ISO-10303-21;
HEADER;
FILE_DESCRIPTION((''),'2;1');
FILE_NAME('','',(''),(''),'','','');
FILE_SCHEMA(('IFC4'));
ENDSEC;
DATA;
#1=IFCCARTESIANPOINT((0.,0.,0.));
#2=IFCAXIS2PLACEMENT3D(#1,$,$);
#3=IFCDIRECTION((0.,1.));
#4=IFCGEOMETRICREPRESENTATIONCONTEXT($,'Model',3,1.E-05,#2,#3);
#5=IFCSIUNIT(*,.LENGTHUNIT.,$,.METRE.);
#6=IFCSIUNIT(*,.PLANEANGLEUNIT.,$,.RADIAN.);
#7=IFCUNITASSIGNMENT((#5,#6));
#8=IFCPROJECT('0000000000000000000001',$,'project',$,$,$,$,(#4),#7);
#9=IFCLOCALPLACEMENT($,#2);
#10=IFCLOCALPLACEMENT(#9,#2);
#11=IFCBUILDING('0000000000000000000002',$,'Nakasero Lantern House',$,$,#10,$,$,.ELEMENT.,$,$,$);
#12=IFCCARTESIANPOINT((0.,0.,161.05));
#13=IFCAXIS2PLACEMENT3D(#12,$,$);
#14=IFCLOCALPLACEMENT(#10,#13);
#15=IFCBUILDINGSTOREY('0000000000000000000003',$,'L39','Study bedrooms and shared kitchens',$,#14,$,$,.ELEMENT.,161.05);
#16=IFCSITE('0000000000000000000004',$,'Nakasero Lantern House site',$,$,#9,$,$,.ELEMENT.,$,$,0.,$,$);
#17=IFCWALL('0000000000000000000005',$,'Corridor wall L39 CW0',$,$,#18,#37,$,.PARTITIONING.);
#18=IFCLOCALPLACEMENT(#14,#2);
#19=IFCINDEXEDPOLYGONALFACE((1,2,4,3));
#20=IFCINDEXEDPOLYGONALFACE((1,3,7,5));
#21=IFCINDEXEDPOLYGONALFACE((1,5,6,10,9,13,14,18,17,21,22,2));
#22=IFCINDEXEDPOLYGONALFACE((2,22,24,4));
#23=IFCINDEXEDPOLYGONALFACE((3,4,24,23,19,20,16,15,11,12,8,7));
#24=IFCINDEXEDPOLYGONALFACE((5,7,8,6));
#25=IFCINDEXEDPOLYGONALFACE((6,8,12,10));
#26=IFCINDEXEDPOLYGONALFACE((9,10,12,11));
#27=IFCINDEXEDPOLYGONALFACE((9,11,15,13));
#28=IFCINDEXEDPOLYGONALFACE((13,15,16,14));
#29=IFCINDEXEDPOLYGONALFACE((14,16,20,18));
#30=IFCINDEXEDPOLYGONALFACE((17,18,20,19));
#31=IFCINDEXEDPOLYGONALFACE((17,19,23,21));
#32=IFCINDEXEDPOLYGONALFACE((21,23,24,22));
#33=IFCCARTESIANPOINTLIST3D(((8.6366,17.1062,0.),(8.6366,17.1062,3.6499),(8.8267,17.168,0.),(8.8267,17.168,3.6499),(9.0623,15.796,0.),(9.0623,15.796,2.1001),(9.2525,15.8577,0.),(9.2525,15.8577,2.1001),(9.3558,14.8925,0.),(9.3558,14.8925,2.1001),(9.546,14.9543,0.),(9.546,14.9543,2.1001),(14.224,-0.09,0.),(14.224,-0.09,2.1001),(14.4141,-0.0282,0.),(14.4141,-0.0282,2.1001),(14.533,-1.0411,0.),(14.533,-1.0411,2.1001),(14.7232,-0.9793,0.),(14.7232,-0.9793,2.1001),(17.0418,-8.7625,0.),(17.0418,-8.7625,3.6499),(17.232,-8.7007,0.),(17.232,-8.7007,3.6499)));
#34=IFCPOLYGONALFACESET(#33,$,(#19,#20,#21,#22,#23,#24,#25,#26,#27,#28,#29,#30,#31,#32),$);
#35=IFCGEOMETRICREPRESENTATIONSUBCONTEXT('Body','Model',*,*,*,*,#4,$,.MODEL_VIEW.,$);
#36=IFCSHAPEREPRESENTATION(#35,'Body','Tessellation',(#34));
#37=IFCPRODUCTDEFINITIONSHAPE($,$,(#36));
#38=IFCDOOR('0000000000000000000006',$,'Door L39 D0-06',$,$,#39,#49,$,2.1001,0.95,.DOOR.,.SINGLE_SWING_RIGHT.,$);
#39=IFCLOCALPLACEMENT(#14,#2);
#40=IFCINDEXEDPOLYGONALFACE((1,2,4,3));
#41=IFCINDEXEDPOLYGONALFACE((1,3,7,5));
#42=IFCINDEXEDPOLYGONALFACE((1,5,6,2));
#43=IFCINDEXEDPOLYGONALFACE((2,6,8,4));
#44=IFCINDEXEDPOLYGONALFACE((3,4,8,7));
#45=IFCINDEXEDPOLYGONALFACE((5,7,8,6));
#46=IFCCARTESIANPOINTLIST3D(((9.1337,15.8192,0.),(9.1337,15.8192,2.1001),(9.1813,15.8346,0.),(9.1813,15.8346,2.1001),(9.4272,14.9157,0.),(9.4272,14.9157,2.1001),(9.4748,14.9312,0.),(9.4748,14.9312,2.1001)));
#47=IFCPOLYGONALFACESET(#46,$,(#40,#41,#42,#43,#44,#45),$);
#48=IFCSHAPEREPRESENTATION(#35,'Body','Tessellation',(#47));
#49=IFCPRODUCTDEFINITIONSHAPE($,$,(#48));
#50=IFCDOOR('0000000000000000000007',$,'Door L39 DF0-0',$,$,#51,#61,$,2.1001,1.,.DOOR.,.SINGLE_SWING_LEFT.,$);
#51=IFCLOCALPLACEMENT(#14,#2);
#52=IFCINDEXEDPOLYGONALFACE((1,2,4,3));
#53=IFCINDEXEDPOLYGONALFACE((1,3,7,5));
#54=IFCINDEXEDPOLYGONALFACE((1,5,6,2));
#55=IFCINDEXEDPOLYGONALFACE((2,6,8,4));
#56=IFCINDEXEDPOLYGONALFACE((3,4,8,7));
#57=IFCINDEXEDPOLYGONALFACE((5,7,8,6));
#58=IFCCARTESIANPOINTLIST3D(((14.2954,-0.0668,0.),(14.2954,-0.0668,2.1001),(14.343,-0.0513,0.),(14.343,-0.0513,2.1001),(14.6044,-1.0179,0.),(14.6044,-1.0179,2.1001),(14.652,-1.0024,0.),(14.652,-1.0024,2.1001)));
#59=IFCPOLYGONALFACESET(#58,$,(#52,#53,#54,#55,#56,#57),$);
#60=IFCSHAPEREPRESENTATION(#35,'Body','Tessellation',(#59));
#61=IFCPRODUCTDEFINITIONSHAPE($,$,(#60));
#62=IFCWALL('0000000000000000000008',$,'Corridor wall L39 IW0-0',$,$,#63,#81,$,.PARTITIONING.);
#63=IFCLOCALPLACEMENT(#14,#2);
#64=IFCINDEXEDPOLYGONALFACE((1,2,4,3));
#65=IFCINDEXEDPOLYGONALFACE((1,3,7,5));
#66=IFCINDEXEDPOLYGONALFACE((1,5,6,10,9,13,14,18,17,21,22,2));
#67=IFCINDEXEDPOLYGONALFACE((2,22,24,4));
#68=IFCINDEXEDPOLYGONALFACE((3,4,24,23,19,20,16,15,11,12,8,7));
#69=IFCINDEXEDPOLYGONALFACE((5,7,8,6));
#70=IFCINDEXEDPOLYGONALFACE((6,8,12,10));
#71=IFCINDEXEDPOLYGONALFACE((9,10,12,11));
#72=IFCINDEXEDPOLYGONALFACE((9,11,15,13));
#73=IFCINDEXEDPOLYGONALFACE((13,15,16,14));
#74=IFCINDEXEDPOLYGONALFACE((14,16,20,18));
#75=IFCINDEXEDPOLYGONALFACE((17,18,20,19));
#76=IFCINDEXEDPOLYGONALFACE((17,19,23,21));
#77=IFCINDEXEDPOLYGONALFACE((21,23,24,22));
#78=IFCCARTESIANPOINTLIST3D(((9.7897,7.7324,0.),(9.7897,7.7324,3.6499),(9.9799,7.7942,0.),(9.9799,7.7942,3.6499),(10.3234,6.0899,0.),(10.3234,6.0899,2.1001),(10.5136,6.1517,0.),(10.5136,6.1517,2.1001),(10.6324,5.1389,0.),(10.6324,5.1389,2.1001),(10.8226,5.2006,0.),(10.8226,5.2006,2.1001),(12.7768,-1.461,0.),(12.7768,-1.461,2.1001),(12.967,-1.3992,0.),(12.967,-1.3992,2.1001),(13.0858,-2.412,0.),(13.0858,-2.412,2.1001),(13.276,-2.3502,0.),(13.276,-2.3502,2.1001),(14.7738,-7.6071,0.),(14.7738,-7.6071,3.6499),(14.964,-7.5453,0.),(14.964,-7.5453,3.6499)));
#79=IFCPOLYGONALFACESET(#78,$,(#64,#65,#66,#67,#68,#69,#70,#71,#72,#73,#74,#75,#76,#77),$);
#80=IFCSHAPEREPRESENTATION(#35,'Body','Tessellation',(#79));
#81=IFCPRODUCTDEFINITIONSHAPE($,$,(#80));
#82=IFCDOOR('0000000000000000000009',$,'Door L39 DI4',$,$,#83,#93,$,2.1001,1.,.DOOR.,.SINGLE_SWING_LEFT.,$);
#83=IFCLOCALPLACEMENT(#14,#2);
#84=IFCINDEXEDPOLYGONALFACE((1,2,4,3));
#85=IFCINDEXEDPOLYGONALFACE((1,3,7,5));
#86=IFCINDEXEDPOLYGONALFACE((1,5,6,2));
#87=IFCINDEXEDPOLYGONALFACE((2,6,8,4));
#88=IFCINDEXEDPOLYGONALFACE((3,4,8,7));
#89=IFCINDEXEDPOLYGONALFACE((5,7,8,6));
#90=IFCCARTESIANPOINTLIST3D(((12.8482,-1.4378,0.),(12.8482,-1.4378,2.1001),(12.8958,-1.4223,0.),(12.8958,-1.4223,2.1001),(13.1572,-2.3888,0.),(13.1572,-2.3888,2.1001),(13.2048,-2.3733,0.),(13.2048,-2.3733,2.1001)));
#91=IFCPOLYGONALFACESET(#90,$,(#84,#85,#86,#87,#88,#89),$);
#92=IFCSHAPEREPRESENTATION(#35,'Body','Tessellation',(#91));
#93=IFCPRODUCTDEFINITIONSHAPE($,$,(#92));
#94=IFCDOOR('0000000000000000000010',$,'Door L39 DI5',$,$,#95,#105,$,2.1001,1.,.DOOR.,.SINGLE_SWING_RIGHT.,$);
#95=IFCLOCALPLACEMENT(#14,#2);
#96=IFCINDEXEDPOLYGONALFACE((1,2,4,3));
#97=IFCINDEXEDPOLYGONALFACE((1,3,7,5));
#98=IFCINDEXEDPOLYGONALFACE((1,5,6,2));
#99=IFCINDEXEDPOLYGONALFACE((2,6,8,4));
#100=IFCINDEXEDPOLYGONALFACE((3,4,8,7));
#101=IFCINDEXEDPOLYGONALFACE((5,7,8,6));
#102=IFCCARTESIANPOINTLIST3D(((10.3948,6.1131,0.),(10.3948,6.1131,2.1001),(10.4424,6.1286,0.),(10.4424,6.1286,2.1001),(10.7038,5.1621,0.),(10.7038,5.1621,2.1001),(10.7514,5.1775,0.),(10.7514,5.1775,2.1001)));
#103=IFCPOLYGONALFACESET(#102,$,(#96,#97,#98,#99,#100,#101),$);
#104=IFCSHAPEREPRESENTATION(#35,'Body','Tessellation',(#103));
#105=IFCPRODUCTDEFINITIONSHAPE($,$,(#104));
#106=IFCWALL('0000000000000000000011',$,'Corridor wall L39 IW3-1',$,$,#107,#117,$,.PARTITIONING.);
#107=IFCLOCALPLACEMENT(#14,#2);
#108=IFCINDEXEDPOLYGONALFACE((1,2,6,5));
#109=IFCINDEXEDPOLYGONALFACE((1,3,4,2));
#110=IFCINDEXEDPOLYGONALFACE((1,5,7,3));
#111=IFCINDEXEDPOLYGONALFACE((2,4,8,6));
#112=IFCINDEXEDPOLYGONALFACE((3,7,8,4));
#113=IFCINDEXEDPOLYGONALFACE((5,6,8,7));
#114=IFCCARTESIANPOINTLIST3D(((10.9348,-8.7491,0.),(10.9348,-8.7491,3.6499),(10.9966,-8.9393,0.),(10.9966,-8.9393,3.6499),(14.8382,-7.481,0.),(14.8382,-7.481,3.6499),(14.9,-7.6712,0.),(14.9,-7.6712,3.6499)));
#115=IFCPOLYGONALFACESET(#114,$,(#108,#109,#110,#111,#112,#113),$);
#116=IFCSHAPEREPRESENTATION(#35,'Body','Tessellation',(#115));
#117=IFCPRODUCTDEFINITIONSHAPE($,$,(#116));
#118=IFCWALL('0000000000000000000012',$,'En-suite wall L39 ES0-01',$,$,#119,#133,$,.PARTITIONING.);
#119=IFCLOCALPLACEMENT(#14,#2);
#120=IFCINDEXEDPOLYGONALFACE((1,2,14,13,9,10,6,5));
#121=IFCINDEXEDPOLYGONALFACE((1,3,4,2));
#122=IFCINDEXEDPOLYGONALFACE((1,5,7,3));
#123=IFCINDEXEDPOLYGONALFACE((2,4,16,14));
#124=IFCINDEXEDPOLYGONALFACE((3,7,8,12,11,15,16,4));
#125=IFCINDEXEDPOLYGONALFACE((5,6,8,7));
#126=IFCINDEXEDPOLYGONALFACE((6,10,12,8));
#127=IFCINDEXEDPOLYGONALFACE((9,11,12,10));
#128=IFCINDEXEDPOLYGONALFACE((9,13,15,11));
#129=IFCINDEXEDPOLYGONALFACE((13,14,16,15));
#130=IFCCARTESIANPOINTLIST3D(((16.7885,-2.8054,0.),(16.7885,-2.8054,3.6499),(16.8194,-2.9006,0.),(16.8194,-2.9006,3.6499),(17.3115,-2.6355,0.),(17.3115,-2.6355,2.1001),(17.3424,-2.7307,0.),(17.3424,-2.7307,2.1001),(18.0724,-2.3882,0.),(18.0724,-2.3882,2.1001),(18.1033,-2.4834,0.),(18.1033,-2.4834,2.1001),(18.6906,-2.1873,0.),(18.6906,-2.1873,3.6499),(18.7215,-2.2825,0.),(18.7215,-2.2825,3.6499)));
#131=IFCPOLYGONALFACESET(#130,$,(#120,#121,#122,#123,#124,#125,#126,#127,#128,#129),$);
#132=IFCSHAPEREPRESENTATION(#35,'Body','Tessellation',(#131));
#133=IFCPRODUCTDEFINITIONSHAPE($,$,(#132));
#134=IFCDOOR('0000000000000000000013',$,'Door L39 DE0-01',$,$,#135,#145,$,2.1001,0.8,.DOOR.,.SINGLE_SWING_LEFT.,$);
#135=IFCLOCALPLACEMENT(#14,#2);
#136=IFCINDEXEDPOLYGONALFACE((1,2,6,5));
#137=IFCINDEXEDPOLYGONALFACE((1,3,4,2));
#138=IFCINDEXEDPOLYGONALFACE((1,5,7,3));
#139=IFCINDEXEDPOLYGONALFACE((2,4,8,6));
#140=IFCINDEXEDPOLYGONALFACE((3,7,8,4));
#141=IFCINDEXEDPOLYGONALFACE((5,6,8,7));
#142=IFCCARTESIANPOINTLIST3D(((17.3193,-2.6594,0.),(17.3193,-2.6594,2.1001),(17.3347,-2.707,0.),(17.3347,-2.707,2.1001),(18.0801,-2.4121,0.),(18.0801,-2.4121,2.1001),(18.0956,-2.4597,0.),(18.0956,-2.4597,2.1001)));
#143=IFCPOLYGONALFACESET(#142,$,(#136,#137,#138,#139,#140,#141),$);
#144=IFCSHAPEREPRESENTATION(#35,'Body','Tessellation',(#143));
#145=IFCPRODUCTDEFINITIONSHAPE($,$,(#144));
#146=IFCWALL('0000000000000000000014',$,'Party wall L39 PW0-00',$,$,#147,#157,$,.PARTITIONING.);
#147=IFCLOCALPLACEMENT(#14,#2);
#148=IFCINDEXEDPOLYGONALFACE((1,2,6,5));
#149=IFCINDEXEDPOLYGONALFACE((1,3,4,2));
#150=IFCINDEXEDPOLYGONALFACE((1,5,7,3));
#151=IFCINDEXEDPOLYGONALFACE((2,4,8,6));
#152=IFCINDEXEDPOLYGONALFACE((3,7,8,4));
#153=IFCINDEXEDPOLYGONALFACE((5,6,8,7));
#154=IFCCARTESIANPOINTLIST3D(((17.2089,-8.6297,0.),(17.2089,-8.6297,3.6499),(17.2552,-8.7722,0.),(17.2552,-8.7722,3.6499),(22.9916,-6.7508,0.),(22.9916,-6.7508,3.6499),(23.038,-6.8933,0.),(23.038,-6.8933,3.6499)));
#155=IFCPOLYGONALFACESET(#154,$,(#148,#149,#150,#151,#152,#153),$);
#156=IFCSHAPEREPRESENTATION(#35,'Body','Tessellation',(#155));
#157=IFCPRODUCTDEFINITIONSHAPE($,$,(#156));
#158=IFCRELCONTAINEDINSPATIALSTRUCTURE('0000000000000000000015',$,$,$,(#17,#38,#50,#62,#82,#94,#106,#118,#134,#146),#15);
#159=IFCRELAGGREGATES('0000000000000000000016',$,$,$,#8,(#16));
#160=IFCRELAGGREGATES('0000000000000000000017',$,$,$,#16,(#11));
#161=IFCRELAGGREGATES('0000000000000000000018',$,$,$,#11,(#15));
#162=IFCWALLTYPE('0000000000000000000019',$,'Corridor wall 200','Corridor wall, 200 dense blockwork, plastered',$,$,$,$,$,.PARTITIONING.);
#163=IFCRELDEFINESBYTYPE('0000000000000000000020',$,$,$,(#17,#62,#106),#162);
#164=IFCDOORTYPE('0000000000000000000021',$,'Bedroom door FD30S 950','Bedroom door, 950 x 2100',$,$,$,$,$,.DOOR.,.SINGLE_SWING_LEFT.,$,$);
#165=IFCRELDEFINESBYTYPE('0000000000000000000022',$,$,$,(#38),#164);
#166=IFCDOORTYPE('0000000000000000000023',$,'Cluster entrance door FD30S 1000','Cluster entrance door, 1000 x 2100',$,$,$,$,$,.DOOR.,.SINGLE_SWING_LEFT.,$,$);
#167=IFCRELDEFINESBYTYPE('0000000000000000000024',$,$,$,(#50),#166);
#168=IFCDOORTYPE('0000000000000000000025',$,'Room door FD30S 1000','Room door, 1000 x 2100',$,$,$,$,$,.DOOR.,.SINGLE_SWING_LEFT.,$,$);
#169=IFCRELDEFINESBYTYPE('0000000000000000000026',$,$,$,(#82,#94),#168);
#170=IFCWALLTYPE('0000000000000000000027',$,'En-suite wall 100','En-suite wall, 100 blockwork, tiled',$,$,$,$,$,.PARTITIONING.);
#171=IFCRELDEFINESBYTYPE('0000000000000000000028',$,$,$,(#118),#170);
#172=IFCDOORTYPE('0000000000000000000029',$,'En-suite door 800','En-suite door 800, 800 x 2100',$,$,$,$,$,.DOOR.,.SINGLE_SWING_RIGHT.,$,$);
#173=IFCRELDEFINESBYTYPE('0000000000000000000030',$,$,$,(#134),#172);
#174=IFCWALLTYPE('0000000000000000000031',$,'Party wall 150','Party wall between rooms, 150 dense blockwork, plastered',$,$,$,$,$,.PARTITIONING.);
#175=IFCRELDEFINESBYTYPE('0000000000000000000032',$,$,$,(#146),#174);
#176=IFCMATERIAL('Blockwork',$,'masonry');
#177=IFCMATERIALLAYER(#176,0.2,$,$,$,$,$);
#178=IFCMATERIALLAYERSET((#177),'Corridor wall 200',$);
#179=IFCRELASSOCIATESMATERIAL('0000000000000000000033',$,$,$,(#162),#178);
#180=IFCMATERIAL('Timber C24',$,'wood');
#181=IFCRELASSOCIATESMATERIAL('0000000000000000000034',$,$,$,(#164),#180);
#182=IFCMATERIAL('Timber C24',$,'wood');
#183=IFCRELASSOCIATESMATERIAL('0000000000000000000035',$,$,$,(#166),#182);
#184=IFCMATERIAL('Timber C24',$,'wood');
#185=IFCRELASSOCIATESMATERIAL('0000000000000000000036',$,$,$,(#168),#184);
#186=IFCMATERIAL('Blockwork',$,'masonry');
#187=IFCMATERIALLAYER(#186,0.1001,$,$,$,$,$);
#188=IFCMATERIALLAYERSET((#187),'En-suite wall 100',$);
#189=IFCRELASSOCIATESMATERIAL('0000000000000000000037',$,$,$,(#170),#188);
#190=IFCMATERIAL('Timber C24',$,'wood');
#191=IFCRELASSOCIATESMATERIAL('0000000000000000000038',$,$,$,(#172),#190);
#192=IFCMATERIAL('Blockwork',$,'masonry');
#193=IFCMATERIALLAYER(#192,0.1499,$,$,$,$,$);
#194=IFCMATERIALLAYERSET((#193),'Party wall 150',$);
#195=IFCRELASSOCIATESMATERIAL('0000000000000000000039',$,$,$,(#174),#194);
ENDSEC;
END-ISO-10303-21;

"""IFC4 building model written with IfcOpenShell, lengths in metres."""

from ifc_helpers import new_model, si_unit, direction, frame, frame_2d, origin, place, context, subcontext, project, spatial, rectangle, extrude, material, layer, layer_set, type_object, element, fill, save


model = new_model("IFC4")

# Units and contexts
model_context = context("Model", 3, precision=1e-05, world=origin(), true_north=direction((0.0, 1.0)))
body_context = subcontext(model_context, "Body", "Model", "MODEL_VIEW")
ifc_project = project(units=[si_unit("LENGTHUNIT", "METRE"), si_unit("PLANEANGLEUNIT", "RADIAN")], contexts=[model_context])

# Site, building, storey
site_placement = place(None, origin())
site = spatial("IfcSite", under=ifc_project, at=site_placement, Name="Nakasero Lantern House site", CompositionType="ELEMENT", RefElevation=0.0)
building_placement = place(site_placement, origin())
building = spatial("IfcBuilding", under=site, at=building_placement, Name="Nakasero Lantern House", CompositionType="ELEMENT")
storey_placement = place(building_placement, frame((0.0, 0.0, 161.05)))
storey = spatial("IfcBuildingStorey", under=building, at=storey_placement, Name="L39", Description="Study bedrooms and shared kitchens", CompositionType="ELEMENT", Elevation=161.05)

# Walls, openings, doors
ifc_material_1 = material(Name="Blockwork", Category="masonry")
ifc_layer_1 = layer(ifc_material_1, 0.2)
ifc_layer_set_1 = layer_set([ifc_layer_1], Name="Corridor wall 200")
wall_type_1 = type_object("IfcWallType", Name="Corridor wall 200", Description="Corridor wall, 200 dense blockwork, plastered", PredefinedType="PARTITIONING", material=ifc_layer_set_1)
wall_1_placement = place(storey_placement, frame((17.137, -8.7317, 0.0), z_axis=(0.0, 0.0, 1.0), x_axis=(-0.309018, 0.951056, 0.0)))
wall_1 = element("IfcWall", 1, at=wall_1_placement, inside=storey, type_object=wall_type_1, Name="Corridor wall L39 CW0", PredefinedType="PARTITIONING", context=body_context, shape_type="SweptSolid", body=[
    extrude(rectangle(XDim=27.2, YDim=0.2, at=frame_2d((13.6001, 0.0))), origin(), (0.0, 0.0, 1.0), 3.6499),
])
opening_1_placement = place(wall_1_placement, frame((8.1189, 0.0, 0.0)))
opening_1 = element("IfcOpeningElement", 2, at=opening_1_placement, cuts=wall_1, PredefinedType="OPENING", context=body_context, shape_type="SweptSolid", body=[
    extrude(rectangle(XDim=1.0, YDim=2.1001, at=frame_2d((0.5, 1.05))), frame((0.0, 0.1199, 0.0), z_axis=(0.0, -1.0, 0.0), x_axis=(1.0, 0.0, 0.0)), (0.0, 0.0, 1.0), 0.24),
])
opening_2_placement = place(wall_1_placement, frame((24.8723, 0.0, 0.0)))
opening_2 = element("IfcOpeningElement", 3, at=opening_2_placement, cuts=wall_1, PredefinedType="OPENING", context=body_context, shape_type="SweptSolid", body=[
    extrude(rectangle(XDim=0.95, YDim=2.1001, at=frame_2d((0.4751, 1.05))), frame((0.0, 0.1199, 0.0), z_axis=(0.0, -1.0, 0.0), x_axis=(1.0, 0.0, 0.0)), (0.0, 0.0, 1.0), 0.24),
])
ifc_material_2 = material(Name="Timber C24", Category="wood")
door_type_1 = type_object("IfcDoorType", Name="Bedroom door FD30S 950", Description="Bedroom door, 950 x 2100", OperationType="SINGLE_SWING_LEFT", PredefinedType="DOOR", material=ifc_material_2)
door_1_placement = place(opening_2_placement, origin())
door_1 = element("IfcDoor", 4, at=door_1_placement, inside=storey, type_object=door_type_1, Name="Door L39 D0-06", OperationType="SINGLE_SWING_RIGHT", OverallHeight=2.1001, OverallWidth=0.95, PredefinedType="DOOR", context=body_context, shape_type="SweptSolid", body=[
    extrude(rectangle(XDim=0.95, YDim=2.1001, at=frame_2d((0.4751, 1.05))), frame((0.0, 0.0249, 0.0), z_axis=(0.0, -1.0, 0.0), x_axis=(1.0, 0.0, 0.0)), (0.0, 0.0, 1.0), 0.05),
])
fill(opening_2, door_1)
ifc_material_3 = material(Name="Timber C24", Category="wood")
door_type_2 = type_object("IfcDoorType", Name="Cluster entrance door FD30S 1000", Description="Cluster entrance door, 1000 x 2100", OperationType="SINGLE_SWING_LEFT", PredefinedType="DOOR", material=ifc_material_3)
door_2_placement = place(opening_1_placement, origin())
door_2 = element("IfcDoor", 5, at=door_2_placement, inside=storey, type_object=door_type_2, Name="Door L39 DF0-0", OperationType="SINGLE_SWING_LEFT", OverallHeight=2.1001, OverallWidth=1.0, PredefinedType="DOOR", context=body_context, shape_type="SweptSolid", body=[
    extrude(rectangle(XDim=1.0, YDim=2.1001, at=frame_2d((0.5, 1.05))), frame((0.0, 0.0249, 0.0), z_axis=(0.0, -1.0, 0.0), x_axis=(1.0, 0.0, 0.0)), (0.0, 0.0, 1.0), 0.05),
])
fill(opening_1, door_2)
wall_2_placement = place(storey_placement, frame((14.8689, -7.5762, 0.0), z_axis=(0.0, 0.0, 1.0), x_axis=(-0.309017, 0.951057, 0.0)))
wall_2 = element("IfcWall", 6, at=wall_2_placement, inside=storey, type_object=wall_type_1, Name="Corridor wall L39 IW0-0", PredefinedType="PARTITIONING", context=body_context, shape_type="SweptSolid", body=[
    extrude(rectangle(XDim=16.1289, YDim=0.2, at=frame_2d((8.0645, 0.0))), origin(), (0.0, 0.0, 1.0), 3.6499),
])
opening_3_placement = place(wall_2_placement, frame((5.4624, 0.0, 0.0)))
opening_3 = element("IfcOpeningElement", 7, at=opening_3_placement, cuts=wall_2, PredefinedType="OPENING", context=body_context, shape_type="SweptSolid", body=[
    extrude(rectangle(XDim=1.0, YDim=2.1001, at=frame_2d((0.5, 1.05))), frame((0.0, 0.1199, 0.0), z_axis=(0.0, -1.0, 0.0), x_axis=(1.0, 0.0, 0.0)), (0.0, 0.0, 1.0), 0.24),
])
opening_4_placement = place(wall_2_placement, frame((13.4019, 0.0, 0.0)))
opening_4 = element("IfcOpeningElement", 8, at=opening_4_placement, cuts=wall_2, PredefinedType="OPENING", context=body_context, shape_type="SweptSolid", body=[
    extrude(rectangle(XDim=1.0, YDim=2.1001, at=frame_2d((0.5, 1.05))), frame((0.0, 0.1199, 0.0), z_axis=(0.0, -1.0, 0.0), x_axis=(1.0, 0.0, 0.0)), (0.0, 0.0, 1.0), 0.24),
])
ifc_material_4 = material(Name="Timber C24", Category="wood")
door_type_3 = type_object("IfcDoorType", Name="Room door FD30S 1000", Description="Room door, 1000 x 2100", OperationType="SINGLE_SWING_LEFT", PredefinedType="DOOR", material=ifc_material_4)
door_3_placement = place(opening_3_placement, origin())
door_3 = element("IfcDoor", 9, at=door_3_placement, inside=storey, type_object=door_type_3, Name="Door L39 DI4", OperationType="SINGLE_SWING_LEFT", OverallHeight=2.1001, OverallWidth=1.0, PredefinedType="DOOR", context=body_context, shape_type="SweptSolid", body=[
    extrude(rectangle(XDim=1.0, YDim=2.1001, at=frame_2d((0.5, 1.05))), frame((0.0, 0.0249, 0.0), z_axis=(0.0, -1.0, 0.0), x_axis=(1.0, 0.0, 0.0)), (0.0, 0.0, 1.0), 0.05),
])
fill(opening_3, door_3)
door_4_placement = place(opening_4_placement, origin())
door_4 = element("IfcDoor", 10, at=door_4_placement, inside=storey, type_object=door_type_3, Name="Door L39 DI5", OperationType="SINGLE_SWING_RIGHT", OverallHeight=2.1001, OverallWidth=1.0, PredefinedType="DOOR", context=body_context, shape_type="SweptSolid", body=[
    extrude(rectangle(XDim=1.0, YDim=2.1001, at=frame_2d((0.5, 1.05))), frame((0.0, 0.0249, 0.0), z_axis=(0.0, -1.0, 0.0), x_axis=(1.0, 0.0, 0.0)), (0.0, 0.0, 1.0), 0.05),
])
fill(opening_4, door_4)

# Wall
wall_3_placement = place(storey_placement, frame((10.9656, -8.8442, 0.0), z_axis=(0.0, 0.0, 1.0), x_axis=(0.951071, 0.308973, 0.0)))
element("IfcWall", 11, at=wall_3_placement, inside=storey, type_object=wall_type_1, Name="Corridor wall L39 IW3-1", PredefinedType="PARTITIONING", context=body_context, shape_type="SweptSolid", body=[
    extrude(rectangle(XDim=4.1042, YDim=0.2, at=frame_2d((2.0522, 0.0))), origin(), (0.0, 0.0, 1.0), 3.6499),
])

# Wall, opening, door
ifc_material_5 = material(Name="Blockwork", Category="masonry")
ifc_layer_2 = layer(ifc_material_5, 0.1001)
ifc_layer_set_2 = layer_set([ifc_layer_2], Name="En-suite wall 100")
wall_type_2 = type_object("IfcWallType", Name="En-suite wall 100", Description="En-suite wall, 100 blockwork, tiled", PredefinedType="PARTITIONING", material=ifc_layer_set_2)
wall_4_placement = place(storey_placement, frame((16.804, -2.853, 0.0), z_axis=(0.0, 0.0, 1.0), x_axis=(0.951037, 0.309078, 0.0)))
wall_4 = element("IfcWall", 12, at=wall_4_placement, inside=storey, type_object=wall_type_2, Name="En-suite wall L39 ES0-01", PredefinedType="PARTITIONING", context=body_context, shape_type="SweptSolid", body=[
    extrude(rectangle(XDim=2.0, YDim=0.1001, at=frame_2d((1.0, 0.0))), origin(), (0.0, 0.0, 1.0), 3.6499),
])
opening_5_placement = place(wall_4_placement, frame((0.55, 0.0, 0.0)))
opening_5 = element("IfcOpeningElement", 13, at=opening_5_placement, cuts=wall_4, PredefinedType="OPENING", context=body_context, shape_type="SweptSolid", body=[
    extrude(rectangle(XDim=0.8, YDim=2.1001, at=frame_2d((0.3999, 1.05))), frame((0.0, 0.0701, 0.0), z_axis=(0.0, -1.0, 0.0), x_axis=(1.0, 0.0, 0.0)), (0.0, 0.0, 1.0), 0.1401),
])
ifc_material_6 = material(Name="Timber C24", Category="wood")
door_type_4 = type_object("IfcDoorType", Name="En-suite door 800", Description="En-suite door 800, 800 x 2100", OperationType="SINGLE_SWING_RIGHT", PredefinedType="DOOR", material=ifc_material_6)
door_5_placement = place(opening_5_placement, origin())
door_5 = element("IfcDoor", 14, at=door_5_placement, inside=storey, type_object=door_type_4, Name="Door L39 DE0-01", OperationType="SINGLE_SWING_LEFT", OverallHeight=2.1001, OverallWidth=0.8, PredefinedType="DOOR", context=body_context, shape_type="SweptSolid", body=[
    extrude(rectangle(XDim=0.8, YDim=2.1001, at=frame_2d((0.3999, 1.05))), frame((0.0, 0.0249, 0.0), z_axis=(0.0, -1.0, 0.0), x_axis=(1.0, 0.0, 0.0)), (0.0, 0.0, 1.0), 0.05),
])
fill(opening_5, door_5)

# Wall
ifc_material_7 = material(Name="Blockwork", Category="masonry")
ifc_layer_3 = layer(ifc_material_7, 0.1499)
ifc_layer_set_3 = layer_set([ifc_layer_3], Name="Party wall 150")
wall_type_3 = type_object("IfcWallType", Name="Party wall 150", Description="Party wall between rooms, 150 dense blockwork, plastered", PredefinedType="PARTITIONING", material=ifc_layer_set_3)
wall_5_placement = place(storey_placement, frame((17.2322, -8.7009, 0.0), z_axis=(0.0, 0.0, 1.0), x_axis=(0.951057, 0.309015, 0.0)))
element("IfcWall", 15, at=wall_5_placement, inside=storey, type_object=wall_type_3, Name="Party wall L39 PW0-00", PredefinedType="PARTITIONING", context=body_context, shape_type="SweptSolid", body=[
    extrude(rectangle(XDim=6.0803, YDim=0.1499, at=frame_2d((3.04, 0.0))), origin(), (0.0, 0.0, 1.0), 3.6499),
])

save(model, "model.ifc")
